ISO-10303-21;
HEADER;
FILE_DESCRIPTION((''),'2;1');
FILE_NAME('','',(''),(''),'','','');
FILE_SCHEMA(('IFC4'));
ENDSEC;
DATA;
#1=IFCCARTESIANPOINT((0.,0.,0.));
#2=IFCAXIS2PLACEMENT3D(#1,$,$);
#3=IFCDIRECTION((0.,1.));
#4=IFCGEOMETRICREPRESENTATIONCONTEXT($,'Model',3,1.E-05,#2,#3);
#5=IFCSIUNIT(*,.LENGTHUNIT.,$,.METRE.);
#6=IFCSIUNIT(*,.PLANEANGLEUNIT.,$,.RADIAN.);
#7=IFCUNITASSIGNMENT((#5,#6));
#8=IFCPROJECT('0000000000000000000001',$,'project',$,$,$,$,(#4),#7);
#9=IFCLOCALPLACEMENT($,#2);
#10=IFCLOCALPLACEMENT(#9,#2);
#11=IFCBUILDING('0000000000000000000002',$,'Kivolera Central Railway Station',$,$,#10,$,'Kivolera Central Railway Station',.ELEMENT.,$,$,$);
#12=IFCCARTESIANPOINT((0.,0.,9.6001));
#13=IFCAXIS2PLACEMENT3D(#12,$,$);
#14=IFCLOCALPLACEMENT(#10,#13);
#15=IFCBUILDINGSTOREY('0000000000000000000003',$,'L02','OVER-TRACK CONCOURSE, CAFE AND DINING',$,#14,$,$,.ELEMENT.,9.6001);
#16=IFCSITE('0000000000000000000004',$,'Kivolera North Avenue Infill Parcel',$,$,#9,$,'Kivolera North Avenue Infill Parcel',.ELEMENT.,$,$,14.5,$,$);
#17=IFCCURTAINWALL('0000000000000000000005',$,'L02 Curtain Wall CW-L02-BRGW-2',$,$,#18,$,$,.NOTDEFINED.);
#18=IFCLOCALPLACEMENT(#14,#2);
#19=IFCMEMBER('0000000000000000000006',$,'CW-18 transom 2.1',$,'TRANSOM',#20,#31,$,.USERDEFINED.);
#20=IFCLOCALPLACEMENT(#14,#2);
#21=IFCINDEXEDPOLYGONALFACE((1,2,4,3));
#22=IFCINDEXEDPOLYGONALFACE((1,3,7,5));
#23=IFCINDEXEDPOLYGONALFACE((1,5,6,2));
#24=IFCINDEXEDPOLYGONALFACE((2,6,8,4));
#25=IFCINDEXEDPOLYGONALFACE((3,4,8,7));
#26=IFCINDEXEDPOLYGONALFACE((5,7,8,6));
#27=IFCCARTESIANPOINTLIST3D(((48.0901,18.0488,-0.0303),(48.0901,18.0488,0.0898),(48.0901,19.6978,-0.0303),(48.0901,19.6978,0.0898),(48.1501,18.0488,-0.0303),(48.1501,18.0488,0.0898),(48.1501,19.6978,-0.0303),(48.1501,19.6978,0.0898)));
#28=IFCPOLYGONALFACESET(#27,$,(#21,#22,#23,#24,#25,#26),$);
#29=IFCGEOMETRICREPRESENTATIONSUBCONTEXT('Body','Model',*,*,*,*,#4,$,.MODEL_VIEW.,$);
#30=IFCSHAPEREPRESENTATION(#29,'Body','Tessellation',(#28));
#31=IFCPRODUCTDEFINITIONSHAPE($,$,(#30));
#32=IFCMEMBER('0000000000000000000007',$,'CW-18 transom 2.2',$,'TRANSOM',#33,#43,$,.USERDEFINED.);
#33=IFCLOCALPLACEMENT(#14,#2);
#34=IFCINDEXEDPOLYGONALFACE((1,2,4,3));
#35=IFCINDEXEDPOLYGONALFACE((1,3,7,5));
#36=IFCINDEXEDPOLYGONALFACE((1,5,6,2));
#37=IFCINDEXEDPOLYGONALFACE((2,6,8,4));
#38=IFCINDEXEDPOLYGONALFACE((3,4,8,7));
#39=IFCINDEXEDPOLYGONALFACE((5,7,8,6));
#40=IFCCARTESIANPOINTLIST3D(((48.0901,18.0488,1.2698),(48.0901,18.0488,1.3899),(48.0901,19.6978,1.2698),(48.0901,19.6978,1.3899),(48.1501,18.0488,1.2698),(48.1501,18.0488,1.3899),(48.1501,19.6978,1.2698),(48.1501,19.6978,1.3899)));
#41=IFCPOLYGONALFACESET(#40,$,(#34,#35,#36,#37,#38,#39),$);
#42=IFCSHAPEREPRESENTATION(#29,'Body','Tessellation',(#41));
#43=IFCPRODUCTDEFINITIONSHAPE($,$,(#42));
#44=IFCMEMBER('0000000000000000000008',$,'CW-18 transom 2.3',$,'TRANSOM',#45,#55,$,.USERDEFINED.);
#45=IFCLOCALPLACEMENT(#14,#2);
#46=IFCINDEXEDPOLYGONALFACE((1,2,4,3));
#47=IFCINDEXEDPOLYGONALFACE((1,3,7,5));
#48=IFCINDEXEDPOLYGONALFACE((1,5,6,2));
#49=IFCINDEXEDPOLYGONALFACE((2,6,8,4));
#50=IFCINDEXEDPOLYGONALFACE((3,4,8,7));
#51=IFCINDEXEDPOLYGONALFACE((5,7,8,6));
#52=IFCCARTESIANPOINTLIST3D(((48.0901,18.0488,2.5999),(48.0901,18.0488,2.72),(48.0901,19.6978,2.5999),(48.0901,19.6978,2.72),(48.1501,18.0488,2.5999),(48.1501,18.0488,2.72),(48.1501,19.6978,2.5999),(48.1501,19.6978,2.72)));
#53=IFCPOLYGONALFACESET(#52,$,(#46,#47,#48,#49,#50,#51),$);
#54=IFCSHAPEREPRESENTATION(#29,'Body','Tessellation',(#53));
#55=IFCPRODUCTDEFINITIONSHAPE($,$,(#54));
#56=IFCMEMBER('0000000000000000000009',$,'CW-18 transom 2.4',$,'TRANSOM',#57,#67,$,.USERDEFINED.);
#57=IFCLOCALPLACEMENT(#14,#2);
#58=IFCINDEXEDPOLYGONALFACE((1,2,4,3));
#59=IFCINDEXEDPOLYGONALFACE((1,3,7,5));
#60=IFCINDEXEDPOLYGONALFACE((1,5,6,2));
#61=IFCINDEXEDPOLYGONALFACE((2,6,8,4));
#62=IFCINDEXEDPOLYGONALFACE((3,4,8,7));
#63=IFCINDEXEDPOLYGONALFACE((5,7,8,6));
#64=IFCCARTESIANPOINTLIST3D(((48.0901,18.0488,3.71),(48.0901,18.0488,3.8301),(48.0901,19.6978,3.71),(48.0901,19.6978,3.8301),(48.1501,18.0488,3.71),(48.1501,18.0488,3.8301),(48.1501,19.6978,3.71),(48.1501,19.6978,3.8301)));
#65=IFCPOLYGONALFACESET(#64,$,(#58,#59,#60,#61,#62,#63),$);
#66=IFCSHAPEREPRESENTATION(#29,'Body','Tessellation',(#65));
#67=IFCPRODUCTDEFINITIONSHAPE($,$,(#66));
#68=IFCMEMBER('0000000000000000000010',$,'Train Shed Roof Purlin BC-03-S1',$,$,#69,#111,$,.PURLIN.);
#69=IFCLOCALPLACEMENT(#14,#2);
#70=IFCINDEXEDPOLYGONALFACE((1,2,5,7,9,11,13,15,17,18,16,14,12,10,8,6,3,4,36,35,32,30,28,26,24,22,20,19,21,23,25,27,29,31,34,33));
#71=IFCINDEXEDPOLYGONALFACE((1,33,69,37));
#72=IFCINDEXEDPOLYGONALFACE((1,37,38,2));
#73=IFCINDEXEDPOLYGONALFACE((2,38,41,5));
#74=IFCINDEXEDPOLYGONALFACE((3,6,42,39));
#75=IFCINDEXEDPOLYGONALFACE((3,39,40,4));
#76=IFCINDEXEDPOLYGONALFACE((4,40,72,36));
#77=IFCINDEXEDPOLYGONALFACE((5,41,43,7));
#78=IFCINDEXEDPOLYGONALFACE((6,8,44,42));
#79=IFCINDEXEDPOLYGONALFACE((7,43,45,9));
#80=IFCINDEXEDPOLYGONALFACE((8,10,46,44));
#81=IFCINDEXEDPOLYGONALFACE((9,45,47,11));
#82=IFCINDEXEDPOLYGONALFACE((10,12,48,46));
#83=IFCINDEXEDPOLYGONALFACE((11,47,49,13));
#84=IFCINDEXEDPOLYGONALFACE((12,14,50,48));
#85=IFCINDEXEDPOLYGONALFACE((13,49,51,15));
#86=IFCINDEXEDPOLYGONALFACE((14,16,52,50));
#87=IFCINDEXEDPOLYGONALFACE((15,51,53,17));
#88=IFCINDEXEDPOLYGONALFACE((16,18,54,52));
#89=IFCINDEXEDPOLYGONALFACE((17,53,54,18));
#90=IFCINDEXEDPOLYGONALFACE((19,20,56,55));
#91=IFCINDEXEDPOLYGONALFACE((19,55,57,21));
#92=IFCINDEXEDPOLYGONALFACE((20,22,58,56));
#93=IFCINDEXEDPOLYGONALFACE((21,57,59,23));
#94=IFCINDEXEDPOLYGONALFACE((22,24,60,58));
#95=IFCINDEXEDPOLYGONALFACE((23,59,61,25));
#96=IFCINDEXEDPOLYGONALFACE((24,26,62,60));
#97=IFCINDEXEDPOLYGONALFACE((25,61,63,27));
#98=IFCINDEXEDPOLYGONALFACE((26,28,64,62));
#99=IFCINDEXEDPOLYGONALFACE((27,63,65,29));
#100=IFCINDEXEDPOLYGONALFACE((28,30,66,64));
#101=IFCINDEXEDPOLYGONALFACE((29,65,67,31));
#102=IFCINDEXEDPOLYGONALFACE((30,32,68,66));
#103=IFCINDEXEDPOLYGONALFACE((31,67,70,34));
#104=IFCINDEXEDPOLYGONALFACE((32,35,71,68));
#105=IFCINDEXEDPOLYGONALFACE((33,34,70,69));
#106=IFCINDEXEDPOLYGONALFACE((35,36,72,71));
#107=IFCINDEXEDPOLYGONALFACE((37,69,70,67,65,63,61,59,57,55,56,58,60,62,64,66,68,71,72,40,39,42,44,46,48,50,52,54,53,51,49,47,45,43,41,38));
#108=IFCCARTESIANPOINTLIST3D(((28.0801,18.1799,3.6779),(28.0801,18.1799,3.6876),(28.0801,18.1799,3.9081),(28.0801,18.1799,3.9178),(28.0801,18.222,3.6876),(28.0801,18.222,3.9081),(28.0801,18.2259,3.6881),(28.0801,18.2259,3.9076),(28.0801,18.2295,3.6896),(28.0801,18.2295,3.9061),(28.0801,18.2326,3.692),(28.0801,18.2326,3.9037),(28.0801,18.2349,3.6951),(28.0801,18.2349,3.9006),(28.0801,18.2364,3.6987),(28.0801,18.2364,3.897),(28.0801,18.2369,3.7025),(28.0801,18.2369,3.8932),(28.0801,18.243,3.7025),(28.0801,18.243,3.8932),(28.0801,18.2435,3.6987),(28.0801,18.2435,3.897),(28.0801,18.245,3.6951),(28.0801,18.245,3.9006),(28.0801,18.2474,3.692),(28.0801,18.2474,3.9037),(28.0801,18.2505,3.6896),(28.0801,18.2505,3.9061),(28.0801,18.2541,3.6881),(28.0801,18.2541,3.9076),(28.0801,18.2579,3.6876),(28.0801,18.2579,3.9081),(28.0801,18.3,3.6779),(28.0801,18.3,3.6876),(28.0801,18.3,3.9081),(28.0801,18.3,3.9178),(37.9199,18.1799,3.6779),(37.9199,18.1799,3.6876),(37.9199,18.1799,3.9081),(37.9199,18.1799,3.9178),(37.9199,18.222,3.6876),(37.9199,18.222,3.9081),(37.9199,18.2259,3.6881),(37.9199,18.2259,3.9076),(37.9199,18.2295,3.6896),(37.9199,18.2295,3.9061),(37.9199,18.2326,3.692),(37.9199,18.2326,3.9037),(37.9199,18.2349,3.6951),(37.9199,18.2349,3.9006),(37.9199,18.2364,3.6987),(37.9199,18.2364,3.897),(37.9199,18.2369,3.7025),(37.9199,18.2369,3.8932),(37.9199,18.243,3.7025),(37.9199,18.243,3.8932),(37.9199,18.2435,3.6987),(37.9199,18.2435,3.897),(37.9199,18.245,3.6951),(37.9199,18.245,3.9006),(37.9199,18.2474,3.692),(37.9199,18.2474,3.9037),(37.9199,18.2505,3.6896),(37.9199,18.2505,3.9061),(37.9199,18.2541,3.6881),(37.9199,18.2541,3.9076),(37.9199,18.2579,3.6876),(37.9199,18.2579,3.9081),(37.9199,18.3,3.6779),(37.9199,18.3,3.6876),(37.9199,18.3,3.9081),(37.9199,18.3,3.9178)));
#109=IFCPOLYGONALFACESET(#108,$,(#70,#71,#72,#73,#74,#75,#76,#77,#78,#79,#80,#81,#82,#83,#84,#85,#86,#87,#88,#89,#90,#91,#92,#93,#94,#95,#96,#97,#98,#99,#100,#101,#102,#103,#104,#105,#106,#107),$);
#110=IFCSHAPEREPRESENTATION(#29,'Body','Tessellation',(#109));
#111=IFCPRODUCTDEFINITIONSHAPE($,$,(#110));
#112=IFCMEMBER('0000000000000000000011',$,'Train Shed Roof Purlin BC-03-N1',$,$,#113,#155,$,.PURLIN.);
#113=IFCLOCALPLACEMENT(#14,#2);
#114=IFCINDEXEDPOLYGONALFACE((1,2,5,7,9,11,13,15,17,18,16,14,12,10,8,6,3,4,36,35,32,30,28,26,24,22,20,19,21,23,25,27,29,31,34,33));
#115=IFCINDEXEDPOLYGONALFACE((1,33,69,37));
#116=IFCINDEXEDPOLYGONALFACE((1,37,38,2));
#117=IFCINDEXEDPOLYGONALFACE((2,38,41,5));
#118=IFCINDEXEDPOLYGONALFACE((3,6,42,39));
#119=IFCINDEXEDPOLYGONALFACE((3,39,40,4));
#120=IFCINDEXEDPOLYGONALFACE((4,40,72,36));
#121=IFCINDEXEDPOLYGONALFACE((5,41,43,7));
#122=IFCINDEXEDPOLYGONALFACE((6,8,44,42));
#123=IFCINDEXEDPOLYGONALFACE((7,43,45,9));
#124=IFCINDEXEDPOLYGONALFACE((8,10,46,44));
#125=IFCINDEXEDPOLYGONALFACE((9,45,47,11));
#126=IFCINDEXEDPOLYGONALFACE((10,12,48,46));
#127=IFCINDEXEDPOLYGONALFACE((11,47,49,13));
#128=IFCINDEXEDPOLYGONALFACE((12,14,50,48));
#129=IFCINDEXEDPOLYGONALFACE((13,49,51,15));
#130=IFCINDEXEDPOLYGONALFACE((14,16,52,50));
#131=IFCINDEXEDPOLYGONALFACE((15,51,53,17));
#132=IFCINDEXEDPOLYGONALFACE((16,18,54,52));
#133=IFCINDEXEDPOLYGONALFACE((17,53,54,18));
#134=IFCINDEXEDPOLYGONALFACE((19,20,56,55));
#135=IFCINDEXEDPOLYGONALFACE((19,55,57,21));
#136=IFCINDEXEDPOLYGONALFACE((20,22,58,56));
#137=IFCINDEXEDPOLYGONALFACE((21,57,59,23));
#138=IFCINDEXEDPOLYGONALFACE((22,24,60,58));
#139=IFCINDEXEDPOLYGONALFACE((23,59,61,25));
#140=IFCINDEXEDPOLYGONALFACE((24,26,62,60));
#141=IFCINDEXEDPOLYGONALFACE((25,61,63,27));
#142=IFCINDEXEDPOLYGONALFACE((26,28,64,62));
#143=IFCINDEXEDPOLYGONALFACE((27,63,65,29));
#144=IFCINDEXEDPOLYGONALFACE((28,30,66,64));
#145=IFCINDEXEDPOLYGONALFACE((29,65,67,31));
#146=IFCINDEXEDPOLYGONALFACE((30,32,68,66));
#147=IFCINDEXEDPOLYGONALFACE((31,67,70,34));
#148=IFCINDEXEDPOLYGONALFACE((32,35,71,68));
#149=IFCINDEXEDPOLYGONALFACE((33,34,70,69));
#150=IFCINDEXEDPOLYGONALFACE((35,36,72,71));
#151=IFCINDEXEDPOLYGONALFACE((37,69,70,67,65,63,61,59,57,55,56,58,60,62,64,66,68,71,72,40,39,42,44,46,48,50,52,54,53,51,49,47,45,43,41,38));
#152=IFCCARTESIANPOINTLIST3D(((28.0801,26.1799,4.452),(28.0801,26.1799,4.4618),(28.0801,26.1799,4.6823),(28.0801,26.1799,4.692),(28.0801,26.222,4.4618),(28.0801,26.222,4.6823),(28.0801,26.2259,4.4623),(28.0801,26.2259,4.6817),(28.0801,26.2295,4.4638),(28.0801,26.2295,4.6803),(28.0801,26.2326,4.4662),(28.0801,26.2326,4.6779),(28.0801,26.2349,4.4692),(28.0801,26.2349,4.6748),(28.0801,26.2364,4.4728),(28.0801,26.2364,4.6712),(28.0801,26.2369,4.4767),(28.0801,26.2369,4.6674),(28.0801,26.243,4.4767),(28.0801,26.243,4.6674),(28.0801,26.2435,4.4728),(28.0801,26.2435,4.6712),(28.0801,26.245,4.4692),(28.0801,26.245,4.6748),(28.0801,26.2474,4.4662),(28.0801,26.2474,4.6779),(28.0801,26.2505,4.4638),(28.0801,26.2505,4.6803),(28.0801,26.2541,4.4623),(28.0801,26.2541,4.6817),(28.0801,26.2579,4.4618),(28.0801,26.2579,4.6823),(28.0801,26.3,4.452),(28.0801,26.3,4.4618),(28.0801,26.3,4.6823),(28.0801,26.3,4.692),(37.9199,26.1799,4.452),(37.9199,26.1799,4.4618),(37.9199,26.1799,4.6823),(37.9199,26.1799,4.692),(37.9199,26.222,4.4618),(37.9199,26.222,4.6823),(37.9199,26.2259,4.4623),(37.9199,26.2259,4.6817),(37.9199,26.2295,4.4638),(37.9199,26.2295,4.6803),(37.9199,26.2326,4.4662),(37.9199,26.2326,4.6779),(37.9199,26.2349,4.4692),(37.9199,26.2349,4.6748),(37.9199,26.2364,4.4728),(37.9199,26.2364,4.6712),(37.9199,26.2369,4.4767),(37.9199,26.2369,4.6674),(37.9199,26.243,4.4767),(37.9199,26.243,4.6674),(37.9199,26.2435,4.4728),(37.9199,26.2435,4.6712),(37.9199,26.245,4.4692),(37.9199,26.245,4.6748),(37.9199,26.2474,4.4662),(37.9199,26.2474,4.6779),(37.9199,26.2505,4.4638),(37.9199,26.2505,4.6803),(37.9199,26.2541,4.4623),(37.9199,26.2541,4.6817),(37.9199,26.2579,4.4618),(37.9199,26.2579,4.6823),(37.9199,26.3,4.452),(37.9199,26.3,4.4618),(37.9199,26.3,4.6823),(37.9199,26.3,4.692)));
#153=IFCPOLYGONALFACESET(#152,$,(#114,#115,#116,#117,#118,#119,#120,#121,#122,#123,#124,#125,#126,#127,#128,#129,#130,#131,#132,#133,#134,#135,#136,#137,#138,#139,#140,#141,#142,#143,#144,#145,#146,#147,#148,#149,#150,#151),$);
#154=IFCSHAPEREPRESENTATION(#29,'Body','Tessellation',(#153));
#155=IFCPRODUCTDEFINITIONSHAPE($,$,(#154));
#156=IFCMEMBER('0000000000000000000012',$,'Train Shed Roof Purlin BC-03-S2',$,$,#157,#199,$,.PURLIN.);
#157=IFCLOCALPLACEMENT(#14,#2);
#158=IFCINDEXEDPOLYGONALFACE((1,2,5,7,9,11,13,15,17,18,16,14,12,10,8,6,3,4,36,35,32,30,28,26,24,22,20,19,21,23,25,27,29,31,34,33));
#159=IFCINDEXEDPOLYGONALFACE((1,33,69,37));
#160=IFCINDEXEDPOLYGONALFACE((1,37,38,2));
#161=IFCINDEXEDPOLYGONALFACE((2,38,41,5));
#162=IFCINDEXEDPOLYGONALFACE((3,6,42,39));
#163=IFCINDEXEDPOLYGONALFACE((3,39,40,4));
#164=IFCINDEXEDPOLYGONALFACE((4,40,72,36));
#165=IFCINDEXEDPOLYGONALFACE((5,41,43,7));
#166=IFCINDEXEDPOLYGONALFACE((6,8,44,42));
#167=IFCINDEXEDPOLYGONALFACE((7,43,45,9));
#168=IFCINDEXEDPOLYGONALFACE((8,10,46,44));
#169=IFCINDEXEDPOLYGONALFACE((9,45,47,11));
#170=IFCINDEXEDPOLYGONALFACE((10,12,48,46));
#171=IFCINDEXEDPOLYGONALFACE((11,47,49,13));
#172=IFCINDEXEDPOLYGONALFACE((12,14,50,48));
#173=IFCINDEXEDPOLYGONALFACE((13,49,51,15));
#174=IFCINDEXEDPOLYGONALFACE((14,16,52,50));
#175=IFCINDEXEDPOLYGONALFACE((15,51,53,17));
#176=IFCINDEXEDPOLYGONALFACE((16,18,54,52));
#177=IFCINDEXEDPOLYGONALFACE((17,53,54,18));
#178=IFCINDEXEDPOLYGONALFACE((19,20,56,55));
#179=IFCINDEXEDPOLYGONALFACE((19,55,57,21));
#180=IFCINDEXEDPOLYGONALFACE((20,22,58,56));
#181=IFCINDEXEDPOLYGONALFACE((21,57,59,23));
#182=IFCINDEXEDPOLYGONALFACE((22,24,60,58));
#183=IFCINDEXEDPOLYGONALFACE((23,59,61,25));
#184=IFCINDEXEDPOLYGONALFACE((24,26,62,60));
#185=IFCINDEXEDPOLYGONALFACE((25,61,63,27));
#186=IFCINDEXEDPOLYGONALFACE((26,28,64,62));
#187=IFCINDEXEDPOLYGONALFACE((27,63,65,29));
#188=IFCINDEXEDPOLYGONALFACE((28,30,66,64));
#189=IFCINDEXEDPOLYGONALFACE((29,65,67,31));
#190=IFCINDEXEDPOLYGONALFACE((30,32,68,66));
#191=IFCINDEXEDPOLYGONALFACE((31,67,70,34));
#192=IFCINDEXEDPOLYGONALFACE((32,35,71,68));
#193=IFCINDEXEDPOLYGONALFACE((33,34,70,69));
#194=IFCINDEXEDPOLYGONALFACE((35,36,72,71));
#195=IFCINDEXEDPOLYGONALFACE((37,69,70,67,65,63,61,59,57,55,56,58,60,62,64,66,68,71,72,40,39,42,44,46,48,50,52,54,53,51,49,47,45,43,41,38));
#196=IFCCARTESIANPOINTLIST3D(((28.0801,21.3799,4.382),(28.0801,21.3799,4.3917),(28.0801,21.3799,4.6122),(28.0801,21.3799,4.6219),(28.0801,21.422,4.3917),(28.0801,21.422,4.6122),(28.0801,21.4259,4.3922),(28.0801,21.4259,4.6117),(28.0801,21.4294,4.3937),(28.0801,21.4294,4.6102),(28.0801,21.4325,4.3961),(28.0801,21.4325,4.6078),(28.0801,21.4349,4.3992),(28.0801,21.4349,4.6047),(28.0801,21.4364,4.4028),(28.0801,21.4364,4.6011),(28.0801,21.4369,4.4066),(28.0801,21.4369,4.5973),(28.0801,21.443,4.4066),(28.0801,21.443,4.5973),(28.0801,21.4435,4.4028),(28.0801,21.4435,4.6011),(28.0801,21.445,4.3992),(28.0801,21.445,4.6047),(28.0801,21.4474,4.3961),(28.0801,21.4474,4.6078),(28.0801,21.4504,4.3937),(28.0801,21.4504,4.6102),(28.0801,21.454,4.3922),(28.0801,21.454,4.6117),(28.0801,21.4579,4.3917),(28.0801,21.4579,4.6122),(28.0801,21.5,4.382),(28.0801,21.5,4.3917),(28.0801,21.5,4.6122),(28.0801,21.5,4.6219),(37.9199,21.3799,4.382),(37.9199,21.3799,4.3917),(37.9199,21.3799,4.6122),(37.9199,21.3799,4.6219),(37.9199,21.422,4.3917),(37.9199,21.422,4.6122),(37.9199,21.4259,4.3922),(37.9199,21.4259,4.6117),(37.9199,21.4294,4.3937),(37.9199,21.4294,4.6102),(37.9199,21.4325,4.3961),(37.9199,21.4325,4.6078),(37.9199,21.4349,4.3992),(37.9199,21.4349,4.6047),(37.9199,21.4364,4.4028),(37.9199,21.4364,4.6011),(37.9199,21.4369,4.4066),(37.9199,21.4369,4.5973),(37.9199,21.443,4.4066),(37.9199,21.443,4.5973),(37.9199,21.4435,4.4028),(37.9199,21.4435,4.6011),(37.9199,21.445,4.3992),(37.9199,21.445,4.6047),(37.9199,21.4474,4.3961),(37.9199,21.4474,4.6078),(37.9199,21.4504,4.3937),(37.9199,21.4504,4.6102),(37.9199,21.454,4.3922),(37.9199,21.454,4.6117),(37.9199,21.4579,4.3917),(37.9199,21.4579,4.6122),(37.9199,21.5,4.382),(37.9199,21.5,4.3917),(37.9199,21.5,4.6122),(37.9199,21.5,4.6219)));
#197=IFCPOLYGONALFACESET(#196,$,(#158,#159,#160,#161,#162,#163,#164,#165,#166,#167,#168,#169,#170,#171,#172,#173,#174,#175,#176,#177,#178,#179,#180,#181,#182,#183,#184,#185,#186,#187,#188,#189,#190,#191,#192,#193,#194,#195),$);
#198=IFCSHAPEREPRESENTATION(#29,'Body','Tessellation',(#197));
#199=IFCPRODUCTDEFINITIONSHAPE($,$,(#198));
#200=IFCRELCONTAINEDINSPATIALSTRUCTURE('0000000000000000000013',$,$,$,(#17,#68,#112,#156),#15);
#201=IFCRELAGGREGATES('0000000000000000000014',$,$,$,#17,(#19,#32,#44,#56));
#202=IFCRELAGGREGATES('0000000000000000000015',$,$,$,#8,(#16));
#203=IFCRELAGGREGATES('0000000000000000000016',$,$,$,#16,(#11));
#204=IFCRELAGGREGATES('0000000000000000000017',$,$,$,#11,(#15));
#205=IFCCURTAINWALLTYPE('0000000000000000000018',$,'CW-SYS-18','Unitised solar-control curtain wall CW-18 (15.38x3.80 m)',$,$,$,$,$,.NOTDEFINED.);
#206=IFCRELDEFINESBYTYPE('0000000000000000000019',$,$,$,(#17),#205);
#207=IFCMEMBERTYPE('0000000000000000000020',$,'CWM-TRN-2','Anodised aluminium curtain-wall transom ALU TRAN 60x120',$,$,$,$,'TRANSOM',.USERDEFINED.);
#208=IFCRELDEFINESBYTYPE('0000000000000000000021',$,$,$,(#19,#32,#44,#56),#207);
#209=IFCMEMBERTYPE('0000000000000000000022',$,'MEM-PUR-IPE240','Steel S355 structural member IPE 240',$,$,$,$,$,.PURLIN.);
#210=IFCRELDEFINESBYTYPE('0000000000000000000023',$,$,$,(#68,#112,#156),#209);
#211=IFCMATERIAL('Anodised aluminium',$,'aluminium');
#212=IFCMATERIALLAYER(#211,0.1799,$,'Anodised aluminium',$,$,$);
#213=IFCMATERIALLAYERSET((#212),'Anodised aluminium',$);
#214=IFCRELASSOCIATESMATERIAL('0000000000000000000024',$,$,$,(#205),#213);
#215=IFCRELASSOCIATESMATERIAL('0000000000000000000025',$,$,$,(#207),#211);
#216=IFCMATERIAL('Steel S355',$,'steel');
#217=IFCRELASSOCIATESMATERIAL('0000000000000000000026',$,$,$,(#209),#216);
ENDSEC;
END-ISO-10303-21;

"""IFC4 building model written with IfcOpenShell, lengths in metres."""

from ifc_helpers import new_model, si_unit, direction, frame, origin, origin_2d, place, context, subcontext, project, spatial, rectangle, i_section, extrude, material, layer, layer_set, material_profile, profile_set, type_object, element, aggregate, save


model = new_model("IFC4")

# Units and contexts
model_context = context("Model", 3, precision=1e-05, world=origin(), true_north=direction((0.0, 1.0)))
body_context = subcontext(model_context, "Body", "Model", "MODEL_VIEW")
ifc_project = project(units=[si_unit("LENGTHUNIT", "METRE"), si_unit("PLANEANGLEUNIT", "RADIAN")], contexts=[model_context])

# Site, building, storey
site_placement = place(None, origin())
site = spatial("IfcSite", under=ifc_project, at=site_placement, Name="Kivolera North Avenue Infill Parcel", LongName="Kivolera North Avenue Infill Parcel", CompositionType="ELEMENT", RefElevation=14.5)
building_placement = place(site_placement, origin())
building = spatial("IfcBuilding", under=site, at=building_placement, Name="Kivolera Central Railway Station", LongName="Kivolera Central Railway Station", CompositionType="ELEMENT")
storey_placement = place(building_placement, frame((0.0, 0.0, 9.6001)))
storey = spatial("IfcBuildingStorey", under=building, at=storey_placement, Name="L02", Description="OVER-TRACK CONCOURSE, CAFE AND DINING", CompositionType="ELEMENT", Elevation=9.6001)

# Shared definitions
ifc_material_1 = material(Name="Steel S355", Category="steel")

# Curtain wall, members
ifc_material_2 = material(Name="Anodised aluminium", Category="aluminium")
ifc_layer_1 = layer(ifc_material_2, 0.1799, Name="Anodised aluminium")
ifc_layer_set_1 = layer_set([ifc_layer_1], Name="Anodised aluminium")
curtain_wall_type = type_object("IfcCurtainWallType", Name="CW-SYS-18", Description="Unitised solar-control curtain wall CW-18 (15.38x3.80 m)", PredefinedType="NOTDEFINED", material=ifc_layer_set_1)
curtain_wall_placement = place(storey_placement, origin())
curtain_wall = element("IfcCurtainWall", 1, at=curtain_wall_placement, inside=storey, type_object=curtain_wall_type, Name="L02 Curtain Wall CW-L02-BRGW-2", PredefinedType="NOTDEFINED")
ifc_material_profile_1 = material_profile(ifc_material_2, rectangle(XDim=0.0601, YDim=0.1201, at=origin_2d()), Name="ALU TRAN 60x120")
ifc_profile_set_1 = profile_set([ifc_material_profile_1], Name="Anodised aluminium")
member_type_1 = type_object("IfcMemberType", Name="CWM-TRN-2", Description="Anodised aluminium curtain-wall transom ALU TRAN 60x120", ElementType="TRANSOM", PredefinedType="USERDEFINED", material=ifc_profile_set_1)
member_1_placement = place(storey_placement, frame((48.1201, 18.0488, 0.0298), z_axis=(0.0, 1.0, 0.0), x_axis=(-1.0, 0.0, 0.0)))
member_1 = element("IfcMember", 2, at=member_1_placement, type_object=member_type_1, Name="CW-18 transom 2.1", ObjectType="TRANSOM", PredefinedType="USERDEFINED", context=body_context, shape_type="SweptSolid", body=[
    extrude(rectangle(XDim=0.0601, YDim=0.1201, at=origin_2d()), origin(), (0.0, 0.0, 1.0), 1.6489),
])
member_2_placement = place(storey_placement, frame((48.1201, 18.0488, 1.3298), z_axis=(0.0, 1.0, 0.0), x_axis=(-1.0, 0.0, 0.0)))
member_2 = element("IfcMember", 3, at=member_2_placement, type_object=member_type_1, Name="CW-18 transom 2.2", ObjectType="TRANSOM", PredefinedType="USERDEFINED", context=body_context, shape_type="SweptSolid", body=[
    extrude(rectangle(XDim=0.0601, YDim=0.1201, at=origin_2d()), origin(), (0.0, 0.0, 1.0), 1.6489),
])
member_3_placement = place(storey_placement, frame((48.1201, 18.0488, 2.6599), z_axis=(0.0, 1.0, 0.0), x_axis=(-1.0, 0.0, 0.0)))
member_3 = element("IfcMember", 4, at=member_3_placement, type_object=member_type_1, Name="CW-18 transom 2.3", ObjectType="TRANSOM", PredefinedType="USERDEFINED", context=body_context, shape_type="SweptSolid", body=[
    extrude(rectangle(XDim=0.0601, YDim=0.1201, at=origin_2d()), origin(), (0.0, 0.0, 1.0), 1.6489),
])
member_4_placement = place(storey_placement, frame((48.1201, 18.0488, 3.77), z_axis=(0.0, 1.0, 0.0), x_axis=(-1.0, 0.0, 0.0)))
member_4 = element("IfcMember", 5, at=member_4_placement, type_object=member_type_1, Name="CW-18 transom 2.4", ObjectType="TRANSOM", PredefinedType="USERDEFINED", context=body_context, shape_type="SweptSolid", body=[
    extrude(rectangle(XDim=0.0601, YDim=0.1201, at=origin_2d()), origin(), (0.0, 0.0, 1.0), 1.6489),
])

# Members
ifc_material_profile_2 = material_profile(ifc_material_1, i_section(OverallWidth=0.1201, OverallDepth=0.24, WebThickness=0.0061, FlangeThickness=0.0098, FilletRadius=0.0149, at=origin_2d()), Name="IPE 240")
ifc_profile_set_2 = profile_set([ifc_material_profile_2], Name="Steel S355")
member_type_2 = type_object("IfcMemberType", Name="MEM-PUR-IPE240", Description="Steel S355 structural member IPE 240", PredefinedType="PURLIN", material=ifc_profile_set_2)
for number, where, z_axis, x_axis, name in (
    (6, (28.0801, 18.24, 3.7979), (1.0, 0.0, 0.0), (0.0, 1.0, 0.0), "Train Shed Roof Purlin BC-03-S1"),
    (7, (28.0801, 26.24, 4.572), (1.0, 0.0, 0.0), (0.0, 1.0, 0.0), "Train Shed Roof Purlin BC-03-N1"),
    (8, (28.0801, 21.4399, 4.502), (1.0, 0.0, 0.0), (0.0, 1.0, 0.0), "Train Shed Roof Purlin BC-03-S2"),
):
    element("IfcMember", number, at=place(storey_placement, frame(where, z_axis=z_axis, x_axis=x_axis)), inside=storey, type_object=member_type_2, Name=name, PredefinedType="PURLIN", context=body_context, shape_type="SweptSolid", body=[
        extrude(i_section(OverallWidth=0.1201, OverallDepth=0.24, WebThickness=0.0061, FlangeThickness=0.0098, FilletRadius=0.0149, at=origin_2d()), origin(), (0.0, 0.0, 1.0), 9.8398),
    ])

aggregate(curtain_wall, [member_1, member_2, member_3, member_4])

save(model, "model.ifc")
